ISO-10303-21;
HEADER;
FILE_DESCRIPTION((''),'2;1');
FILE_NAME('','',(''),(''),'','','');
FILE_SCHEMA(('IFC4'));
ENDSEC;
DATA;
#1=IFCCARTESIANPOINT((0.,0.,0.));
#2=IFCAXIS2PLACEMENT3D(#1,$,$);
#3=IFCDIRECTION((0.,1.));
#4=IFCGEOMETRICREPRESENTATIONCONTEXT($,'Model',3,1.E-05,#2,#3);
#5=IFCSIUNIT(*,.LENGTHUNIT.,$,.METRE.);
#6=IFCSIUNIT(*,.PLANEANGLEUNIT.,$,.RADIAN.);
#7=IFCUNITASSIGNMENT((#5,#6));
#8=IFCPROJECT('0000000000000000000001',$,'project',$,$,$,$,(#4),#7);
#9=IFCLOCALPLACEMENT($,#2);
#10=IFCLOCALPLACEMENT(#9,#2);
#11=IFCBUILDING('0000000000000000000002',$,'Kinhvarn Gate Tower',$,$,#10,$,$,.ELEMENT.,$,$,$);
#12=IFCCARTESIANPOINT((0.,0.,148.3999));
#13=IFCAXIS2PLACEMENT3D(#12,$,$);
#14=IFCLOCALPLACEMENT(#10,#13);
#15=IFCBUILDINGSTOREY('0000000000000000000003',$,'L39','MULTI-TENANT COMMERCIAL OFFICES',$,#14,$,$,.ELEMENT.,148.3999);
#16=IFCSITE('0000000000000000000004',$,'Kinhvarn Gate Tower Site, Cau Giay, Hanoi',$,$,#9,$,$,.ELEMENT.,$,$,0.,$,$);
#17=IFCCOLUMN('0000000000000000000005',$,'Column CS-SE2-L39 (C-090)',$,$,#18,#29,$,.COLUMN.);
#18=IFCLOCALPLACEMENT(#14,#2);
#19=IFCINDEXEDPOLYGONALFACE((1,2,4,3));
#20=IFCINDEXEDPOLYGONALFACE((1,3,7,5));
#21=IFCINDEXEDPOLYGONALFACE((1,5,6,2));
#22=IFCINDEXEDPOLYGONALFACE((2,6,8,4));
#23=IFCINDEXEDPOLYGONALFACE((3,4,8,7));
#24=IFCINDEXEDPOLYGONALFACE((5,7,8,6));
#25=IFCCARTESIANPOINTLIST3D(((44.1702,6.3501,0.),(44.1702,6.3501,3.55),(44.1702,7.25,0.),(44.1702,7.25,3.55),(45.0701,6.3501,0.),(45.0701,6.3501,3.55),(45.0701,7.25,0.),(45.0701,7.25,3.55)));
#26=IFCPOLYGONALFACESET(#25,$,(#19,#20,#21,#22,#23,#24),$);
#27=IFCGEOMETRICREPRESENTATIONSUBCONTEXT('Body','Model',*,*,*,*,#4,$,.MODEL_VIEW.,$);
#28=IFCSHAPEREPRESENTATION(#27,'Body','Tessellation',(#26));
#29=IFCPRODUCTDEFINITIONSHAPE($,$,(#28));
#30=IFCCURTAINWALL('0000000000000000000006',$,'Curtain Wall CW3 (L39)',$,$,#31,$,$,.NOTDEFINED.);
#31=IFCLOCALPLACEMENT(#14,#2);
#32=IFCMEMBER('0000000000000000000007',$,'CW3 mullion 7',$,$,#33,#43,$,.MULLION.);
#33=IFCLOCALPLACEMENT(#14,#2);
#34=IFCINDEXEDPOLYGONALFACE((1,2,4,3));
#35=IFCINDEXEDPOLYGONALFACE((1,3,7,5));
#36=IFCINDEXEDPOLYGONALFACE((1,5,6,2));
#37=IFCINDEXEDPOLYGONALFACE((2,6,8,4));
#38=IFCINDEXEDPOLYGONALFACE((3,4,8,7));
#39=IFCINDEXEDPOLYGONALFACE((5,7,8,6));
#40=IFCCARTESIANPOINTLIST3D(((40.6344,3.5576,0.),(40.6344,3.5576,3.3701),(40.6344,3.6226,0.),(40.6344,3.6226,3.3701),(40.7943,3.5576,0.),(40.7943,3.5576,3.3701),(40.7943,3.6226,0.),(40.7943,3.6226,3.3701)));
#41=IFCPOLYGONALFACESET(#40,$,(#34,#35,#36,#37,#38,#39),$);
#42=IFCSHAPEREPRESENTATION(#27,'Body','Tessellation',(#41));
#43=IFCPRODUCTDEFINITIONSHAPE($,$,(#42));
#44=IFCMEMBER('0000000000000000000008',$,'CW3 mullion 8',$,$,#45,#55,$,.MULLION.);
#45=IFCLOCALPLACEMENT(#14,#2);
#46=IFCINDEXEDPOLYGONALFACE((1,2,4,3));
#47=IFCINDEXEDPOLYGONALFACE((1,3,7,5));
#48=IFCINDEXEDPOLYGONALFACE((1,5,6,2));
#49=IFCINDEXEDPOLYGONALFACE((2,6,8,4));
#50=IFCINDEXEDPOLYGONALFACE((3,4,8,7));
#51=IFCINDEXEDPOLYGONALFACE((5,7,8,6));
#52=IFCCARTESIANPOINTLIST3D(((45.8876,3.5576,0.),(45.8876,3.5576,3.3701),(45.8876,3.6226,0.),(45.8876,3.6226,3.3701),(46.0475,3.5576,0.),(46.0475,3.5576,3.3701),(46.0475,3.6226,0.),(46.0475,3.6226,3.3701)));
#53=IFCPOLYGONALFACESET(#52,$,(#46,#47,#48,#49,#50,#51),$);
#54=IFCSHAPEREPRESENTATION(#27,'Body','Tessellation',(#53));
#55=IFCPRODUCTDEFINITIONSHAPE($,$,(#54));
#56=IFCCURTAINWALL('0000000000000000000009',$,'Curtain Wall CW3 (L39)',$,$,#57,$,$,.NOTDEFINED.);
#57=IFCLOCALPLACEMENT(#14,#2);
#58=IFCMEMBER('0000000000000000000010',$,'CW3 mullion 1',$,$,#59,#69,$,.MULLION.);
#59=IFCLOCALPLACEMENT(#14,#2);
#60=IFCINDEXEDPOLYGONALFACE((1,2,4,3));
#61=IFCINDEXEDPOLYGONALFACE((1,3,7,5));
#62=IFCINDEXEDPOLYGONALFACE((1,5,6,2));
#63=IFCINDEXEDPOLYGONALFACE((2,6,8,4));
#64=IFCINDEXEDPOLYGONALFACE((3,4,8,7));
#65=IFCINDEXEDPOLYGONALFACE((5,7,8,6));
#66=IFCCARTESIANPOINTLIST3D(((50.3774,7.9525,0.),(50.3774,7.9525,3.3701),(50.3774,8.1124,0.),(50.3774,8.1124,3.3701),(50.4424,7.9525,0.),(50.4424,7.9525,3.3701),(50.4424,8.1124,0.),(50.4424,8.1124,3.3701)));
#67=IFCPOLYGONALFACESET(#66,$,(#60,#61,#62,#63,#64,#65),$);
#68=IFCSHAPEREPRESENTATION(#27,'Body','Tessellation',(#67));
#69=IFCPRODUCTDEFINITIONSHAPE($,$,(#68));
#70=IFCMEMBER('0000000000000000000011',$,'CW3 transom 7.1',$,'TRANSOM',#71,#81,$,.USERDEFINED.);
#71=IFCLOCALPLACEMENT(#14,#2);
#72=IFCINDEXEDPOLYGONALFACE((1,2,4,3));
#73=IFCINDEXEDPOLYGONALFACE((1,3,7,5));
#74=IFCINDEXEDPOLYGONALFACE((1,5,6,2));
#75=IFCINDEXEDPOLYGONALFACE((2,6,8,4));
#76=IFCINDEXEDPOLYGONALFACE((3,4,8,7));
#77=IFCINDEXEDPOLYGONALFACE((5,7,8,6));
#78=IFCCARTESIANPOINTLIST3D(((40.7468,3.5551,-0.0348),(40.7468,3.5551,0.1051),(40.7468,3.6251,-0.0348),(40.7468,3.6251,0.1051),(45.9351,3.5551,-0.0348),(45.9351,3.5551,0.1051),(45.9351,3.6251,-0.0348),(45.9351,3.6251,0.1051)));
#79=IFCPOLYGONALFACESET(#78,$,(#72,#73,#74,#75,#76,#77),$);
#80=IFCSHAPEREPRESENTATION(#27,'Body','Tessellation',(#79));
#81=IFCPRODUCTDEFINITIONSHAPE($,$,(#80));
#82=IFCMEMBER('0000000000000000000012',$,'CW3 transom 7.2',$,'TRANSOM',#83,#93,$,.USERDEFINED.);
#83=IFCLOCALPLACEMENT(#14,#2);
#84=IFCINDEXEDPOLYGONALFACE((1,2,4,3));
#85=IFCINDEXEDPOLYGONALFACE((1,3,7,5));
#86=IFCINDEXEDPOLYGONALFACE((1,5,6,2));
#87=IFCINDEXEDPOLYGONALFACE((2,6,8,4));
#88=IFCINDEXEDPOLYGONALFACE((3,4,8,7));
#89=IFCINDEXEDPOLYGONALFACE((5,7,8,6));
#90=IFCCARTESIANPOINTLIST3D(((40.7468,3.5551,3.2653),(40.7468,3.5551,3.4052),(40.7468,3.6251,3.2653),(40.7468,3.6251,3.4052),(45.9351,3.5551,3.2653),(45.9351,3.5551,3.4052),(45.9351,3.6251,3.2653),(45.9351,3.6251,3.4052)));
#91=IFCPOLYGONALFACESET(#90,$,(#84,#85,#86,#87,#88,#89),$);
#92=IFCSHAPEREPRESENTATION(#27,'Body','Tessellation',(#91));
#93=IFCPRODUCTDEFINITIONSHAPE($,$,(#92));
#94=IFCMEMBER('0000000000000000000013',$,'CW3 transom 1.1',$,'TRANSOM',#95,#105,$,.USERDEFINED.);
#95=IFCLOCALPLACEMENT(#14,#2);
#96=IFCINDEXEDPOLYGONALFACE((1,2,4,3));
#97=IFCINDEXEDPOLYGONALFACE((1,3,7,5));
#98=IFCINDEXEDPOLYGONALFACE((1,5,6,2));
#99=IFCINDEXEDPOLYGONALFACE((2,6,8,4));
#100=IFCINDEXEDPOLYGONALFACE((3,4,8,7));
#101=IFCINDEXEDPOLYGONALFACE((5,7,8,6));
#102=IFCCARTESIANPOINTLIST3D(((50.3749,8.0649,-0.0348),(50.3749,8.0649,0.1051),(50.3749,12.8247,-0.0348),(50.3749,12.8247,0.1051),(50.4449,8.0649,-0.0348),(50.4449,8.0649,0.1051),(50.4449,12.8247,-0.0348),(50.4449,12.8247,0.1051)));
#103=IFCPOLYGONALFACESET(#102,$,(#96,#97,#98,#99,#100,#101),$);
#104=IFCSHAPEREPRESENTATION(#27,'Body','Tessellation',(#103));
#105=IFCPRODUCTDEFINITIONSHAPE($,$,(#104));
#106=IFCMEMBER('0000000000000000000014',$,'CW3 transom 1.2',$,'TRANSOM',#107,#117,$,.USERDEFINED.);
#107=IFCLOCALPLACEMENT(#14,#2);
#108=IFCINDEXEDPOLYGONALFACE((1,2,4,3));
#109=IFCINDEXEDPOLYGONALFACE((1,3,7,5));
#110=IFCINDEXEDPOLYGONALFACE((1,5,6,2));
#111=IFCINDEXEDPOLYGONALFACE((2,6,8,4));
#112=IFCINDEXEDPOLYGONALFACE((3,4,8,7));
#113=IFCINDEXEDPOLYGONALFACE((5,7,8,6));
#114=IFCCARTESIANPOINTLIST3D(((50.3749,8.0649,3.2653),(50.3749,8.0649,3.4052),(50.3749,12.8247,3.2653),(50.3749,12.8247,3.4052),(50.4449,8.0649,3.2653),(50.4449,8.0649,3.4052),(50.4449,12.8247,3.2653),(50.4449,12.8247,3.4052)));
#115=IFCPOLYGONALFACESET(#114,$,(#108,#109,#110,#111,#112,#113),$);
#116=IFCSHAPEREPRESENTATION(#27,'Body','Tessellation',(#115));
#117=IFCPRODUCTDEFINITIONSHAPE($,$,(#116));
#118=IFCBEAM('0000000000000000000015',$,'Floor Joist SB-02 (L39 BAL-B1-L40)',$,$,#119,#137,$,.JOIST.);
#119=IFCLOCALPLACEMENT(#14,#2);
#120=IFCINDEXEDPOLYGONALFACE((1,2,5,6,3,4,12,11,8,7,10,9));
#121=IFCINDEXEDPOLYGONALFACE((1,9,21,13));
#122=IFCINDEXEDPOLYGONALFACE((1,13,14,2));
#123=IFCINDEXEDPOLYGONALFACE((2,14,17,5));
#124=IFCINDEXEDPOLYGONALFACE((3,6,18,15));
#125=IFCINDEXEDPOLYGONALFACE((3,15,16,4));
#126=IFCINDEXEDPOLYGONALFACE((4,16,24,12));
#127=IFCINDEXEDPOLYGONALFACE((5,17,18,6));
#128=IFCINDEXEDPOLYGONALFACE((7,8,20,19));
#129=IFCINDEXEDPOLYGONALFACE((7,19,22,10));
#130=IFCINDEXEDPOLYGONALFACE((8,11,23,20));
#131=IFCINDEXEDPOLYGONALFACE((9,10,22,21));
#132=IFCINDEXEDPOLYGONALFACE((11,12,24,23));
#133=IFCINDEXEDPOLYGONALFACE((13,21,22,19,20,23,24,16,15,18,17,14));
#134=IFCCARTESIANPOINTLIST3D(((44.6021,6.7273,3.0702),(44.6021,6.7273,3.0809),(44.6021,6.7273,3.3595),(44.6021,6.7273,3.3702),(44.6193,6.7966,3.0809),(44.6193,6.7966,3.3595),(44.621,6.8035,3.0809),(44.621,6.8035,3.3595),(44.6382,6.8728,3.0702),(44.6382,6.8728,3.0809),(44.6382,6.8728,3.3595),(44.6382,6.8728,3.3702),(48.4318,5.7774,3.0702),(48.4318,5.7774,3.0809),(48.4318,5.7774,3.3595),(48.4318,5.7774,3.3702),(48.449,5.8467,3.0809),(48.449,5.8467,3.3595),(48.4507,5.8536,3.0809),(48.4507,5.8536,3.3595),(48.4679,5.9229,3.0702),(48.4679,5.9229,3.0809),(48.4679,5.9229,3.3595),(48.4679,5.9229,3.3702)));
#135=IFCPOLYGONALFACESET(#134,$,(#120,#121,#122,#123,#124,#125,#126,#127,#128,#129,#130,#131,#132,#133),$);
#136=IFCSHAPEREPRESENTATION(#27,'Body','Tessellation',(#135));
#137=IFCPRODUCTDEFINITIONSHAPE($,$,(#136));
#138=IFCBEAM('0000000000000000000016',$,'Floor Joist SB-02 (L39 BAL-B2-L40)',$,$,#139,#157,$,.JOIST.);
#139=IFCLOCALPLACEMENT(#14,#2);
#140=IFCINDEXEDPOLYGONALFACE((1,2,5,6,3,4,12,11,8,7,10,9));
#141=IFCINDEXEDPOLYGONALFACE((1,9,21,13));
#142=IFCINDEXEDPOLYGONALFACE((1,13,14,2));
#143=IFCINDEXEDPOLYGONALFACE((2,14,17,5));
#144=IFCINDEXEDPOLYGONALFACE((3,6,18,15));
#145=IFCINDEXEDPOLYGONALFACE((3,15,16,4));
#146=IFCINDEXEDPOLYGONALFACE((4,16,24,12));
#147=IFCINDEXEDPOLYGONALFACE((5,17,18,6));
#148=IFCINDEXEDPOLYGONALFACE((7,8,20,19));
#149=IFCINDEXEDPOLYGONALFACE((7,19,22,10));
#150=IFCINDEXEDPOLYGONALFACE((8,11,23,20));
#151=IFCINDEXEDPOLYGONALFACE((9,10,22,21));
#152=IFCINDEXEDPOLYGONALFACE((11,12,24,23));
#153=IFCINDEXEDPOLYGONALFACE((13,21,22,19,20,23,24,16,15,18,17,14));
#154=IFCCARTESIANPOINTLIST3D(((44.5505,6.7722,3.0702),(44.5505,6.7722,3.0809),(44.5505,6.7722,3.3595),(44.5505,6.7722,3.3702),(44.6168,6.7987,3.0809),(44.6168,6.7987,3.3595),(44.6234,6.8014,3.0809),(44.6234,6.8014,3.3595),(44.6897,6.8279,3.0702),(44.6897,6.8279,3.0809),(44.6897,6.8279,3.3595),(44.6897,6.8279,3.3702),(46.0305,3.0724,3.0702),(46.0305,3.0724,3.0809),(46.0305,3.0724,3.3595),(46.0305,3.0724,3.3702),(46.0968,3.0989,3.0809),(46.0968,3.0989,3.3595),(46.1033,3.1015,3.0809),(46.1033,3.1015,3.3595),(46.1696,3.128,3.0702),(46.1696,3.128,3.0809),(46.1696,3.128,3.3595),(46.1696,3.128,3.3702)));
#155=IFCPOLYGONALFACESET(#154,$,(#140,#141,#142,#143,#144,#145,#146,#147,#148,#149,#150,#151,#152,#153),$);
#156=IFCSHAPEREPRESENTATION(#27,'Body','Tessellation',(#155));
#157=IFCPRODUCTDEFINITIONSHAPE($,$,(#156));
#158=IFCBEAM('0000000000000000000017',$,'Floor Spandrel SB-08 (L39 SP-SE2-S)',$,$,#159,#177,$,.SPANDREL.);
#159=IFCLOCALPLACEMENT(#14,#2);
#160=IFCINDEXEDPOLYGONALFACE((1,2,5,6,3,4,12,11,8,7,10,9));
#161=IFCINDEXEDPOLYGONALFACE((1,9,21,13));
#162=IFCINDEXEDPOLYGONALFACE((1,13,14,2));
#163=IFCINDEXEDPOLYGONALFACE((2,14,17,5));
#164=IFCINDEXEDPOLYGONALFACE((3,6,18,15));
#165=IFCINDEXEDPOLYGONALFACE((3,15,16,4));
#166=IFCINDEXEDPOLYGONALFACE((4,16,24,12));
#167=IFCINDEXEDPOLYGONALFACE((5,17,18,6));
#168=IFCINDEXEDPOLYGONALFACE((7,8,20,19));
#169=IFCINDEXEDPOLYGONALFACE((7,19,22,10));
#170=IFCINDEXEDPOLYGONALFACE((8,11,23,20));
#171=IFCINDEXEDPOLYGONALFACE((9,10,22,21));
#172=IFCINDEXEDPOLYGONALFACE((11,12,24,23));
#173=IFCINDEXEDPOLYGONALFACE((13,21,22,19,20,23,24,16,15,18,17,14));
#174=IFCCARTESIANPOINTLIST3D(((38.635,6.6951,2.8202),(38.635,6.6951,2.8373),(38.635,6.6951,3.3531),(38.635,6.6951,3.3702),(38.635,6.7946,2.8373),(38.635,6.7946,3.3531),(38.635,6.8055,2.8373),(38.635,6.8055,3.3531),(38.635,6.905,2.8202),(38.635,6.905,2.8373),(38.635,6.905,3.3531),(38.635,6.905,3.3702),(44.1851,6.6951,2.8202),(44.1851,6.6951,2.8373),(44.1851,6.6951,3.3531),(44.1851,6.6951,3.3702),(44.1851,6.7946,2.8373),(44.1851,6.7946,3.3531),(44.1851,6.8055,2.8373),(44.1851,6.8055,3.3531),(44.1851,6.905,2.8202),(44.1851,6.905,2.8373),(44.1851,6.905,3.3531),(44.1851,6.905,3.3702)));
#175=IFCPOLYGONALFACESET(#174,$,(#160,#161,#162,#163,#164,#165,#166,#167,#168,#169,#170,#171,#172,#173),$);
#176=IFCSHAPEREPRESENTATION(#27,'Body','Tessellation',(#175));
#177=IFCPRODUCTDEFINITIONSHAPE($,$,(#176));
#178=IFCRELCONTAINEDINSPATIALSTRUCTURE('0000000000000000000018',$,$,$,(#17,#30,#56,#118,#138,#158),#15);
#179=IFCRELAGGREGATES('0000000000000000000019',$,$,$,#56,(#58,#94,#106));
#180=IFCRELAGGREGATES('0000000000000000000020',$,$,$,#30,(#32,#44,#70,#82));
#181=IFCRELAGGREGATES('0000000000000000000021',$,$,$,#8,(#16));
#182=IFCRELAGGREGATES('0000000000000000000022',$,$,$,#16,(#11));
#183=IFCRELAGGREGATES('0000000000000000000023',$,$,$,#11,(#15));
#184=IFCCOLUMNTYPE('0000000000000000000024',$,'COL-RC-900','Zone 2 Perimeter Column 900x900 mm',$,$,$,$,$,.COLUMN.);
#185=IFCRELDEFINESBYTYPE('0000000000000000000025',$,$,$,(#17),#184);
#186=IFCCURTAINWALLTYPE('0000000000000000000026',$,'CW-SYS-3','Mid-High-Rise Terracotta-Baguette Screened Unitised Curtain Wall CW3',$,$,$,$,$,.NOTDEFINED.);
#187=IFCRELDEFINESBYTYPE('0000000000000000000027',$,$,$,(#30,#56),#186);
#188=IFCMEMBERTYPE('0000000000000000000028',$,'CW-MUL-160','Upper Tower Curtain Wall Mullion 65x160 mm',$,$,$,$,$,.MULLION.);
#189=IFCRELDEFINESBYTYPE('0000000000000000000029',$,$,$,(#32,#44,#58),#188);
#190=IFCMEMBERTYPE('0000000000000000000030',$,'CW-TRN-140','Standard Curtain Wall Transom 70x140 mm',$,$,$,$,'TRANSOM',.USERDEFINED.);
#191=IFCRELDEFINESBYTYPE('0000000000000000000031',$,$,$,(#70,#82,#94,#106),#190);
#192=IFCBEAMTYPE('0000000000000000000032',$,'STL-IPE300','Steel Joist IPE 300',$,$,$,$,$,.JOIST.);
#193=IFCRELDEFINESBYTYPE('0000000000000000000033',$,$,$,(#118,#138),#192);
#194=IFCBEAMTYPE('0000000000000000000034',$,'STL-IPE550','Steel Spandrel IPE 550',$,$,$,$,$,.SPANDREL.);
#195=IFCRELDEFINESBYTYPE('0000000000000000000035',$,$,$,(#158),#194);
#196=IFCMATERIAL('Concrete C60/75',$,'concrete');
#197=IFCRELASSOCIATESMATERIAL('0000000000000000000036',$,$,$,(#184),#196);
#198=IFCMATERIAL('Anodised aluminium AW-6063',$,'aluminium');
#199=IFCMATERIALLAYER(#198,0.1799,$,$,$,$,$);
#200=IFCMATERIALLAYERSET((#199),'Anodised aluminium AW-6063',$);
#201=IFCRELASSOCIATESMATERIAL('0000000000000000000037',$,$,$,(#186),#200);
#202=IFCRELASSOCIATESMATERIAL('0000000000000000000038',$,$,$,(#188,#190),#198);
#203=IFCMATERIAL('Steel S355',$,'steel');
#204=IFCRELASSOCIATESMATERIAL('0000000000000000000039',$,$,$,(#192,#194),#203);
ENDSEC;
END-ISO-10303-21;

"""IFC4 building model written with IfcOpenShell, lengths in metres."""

from ifc_helpers import new_model, si_unit, direction, frame, origin, origin_2d, place, context, subcontext, project, spatial, rectangle, i_section, extrude, material, layer, layer_set, material_profile, profile_set, type_object, element, aggregate, save


model = new_model("IFC4")

# Units and contexts
model_context = context("Model", 3, precision=1e-05, world=origin(), true_north=direction((0.0, 1.0)))
body_context = subcontext(model_context, "Body", "Model", "MODEL_VIEW")
ifc_project = project(units=[si_unit("LENGTHUNIT", "METRE"), si_unit("PLANEANGLEUNIT", "RADIAN")], contexts=[model_context])

# Site, building, storey
site_placement = place(None, origin())
site = spatial("IfcSite", under=ifc_project, at=site_placement, Name="Kinhvarn Gate Tower Site, Cau Giay, Hanoi", CompositionType="ELEMENT", RefElevation=0.0)
building_placement = place(site_placement, origin())
building = spatial("IfcBuilding", under=site, at=building_placement, Name="Kinhvarn Gate Tower", CompositionType="ELEMENT")
storey_placement = place(building_placement, frame((0.0, 0.0, 148.3999)))
storey = spatial("IfcBuildingStorey", under=building, at=storey_placement, Name="L39", Description="MULTI-TENANT COMMERCIAL OFFICES", CompositionType="ELEMENT", Elevation=148.3999)

# Column
ifc_material_1 = material(Name="Concrete C60/75", Category="concrete")
ifc_material_profile_1 = material_profile(ifc_material_1, rectangle(XDim=0.8999, YDim=0.8999, at=origin_2d()), Name="RC 900x900")
ifc_profile_set_1 = profile_set([ifc_material_profile_1], Name="Concrete C60/75")
column_type = type_object("IfcColumnType", Name="COL-RC-900", Description="Zone 2 Perimeter Column 900x900 mm", PredefinedType="COLUMN", material=ifc_profile_set_1)
column_placement = place(storey_placement, frame((44.6201, 6.8, 0.0), z_axis=(0.0, 0.0, 1.0), x_axis=(1.0, 0.0, 0.0)))
element("IfcColumn", 1, at=column_placement, inside=storey, type_object=column_type, Name="Column CS-SE2-L39 (C-090)", PredefinedType="COLUMN", context=body_context, shape_type="SweptSolid", body=[
    extrude(rectangle(XDim=0.8999, YDim=0.8999, at=origin_2d()), origin(), (0.0, 0.0, 1.0), 3.55),
])

# Curtain wall, members
ifc_material_2 = material(Name="Anodised aluminium AW-6063", Category="aluminium")
ifc_layer_1 = layer(ifc_material_2, 0.1799)
ifc_layer_set_1 = layer_set([ifc_layer_1], Name="Anodised aluminium AW-6063")
curtain_wall_type = type_object("IfcCurtainWallType", Name="CW-SYS-3", Description="Mid-High-Rise Terracotta-Baguette Screened Unitised Curtain Wall CW3", PredefinedType="NOTDEFINED", material=ifc_layer_set_1)
curtain_wall_1_placement = place(storey_placement, origin())
curtain_wall_1 = element("IfcCurtainWall", 2, at=curtain_wall_1_placement, inside=storey, type_object=curtain_wall_type, Name="Curtain Wall CW3 (L39)", PredefinedType="NOTDEFINED")
ifc_material_profile_2 = material_profile(ifc_material_2, rectangle(XDim=0.0649, YDim=0.1599, at=origin_2d()), Name="ALU 65x160")
ifc_profile_set_2 = profile_set([ifc_material_profile_2], Name="Anodised aluminium AW-6063")
member_type_1 = type_object("IfcMemberType", Name="CW-MUL-160", Description="Upper Tower Curtain Wall Mullion 65x160 mm", PredefinedType="MULLION", material=ifc_profile_set_2)
member_1_placement = place(storey_placement, frame((40.7144, 3.5901, 0.0), z_axis=(0.0, 0.0, 1.0), x_axis=(0.0, 1.0, 0.0)))
member_1 = element("IfcMember", 3, at=member_1_placement, type_object=member_type_1, Name="CW3 mullion 7", PredefinedType="MULLION", context=body_context, shape_type="SweptSolid", body=[
    extrude(rectangle(XDim=0.0649, YDim=0.1599, at=origin_2d()), origin(), (0.0, 0.0, 1.0), 3.3701),
])
member_2_placement = place(storey_placement, frame((45.9675, 3.5901, 0.0), z_axis=(0.0, 0.0, 1.0), x_axis=(0.0, 1.0, 0.0)))
member_2 = element("IfcMember", 4, at=member_2_placement, type_object=member_type_1, Name="CW3 mullion 8", PredefinedType="MULLION", context=body_context, shape_type="SweptSolid", body=[
    extrude(rectangle(XDim=0.0649, YDim=0.1599, at=origin_2d()), origin(), (0.0, 0.0, 1.0), 3.3701),
])

# Curtain wall, member
curtain_wall_2_placement = place(storey_placement, origin())
curtain_wall_2 = element("IfcCurtainWall", 5, at=curtain_wall_2_placement, inside=storey, type_object=curtain_wall_type, Name="Curtain Wall CW3 (L39)", PredefinedType="NOTDEFINED")
member_3_placement = place(storey_placement, frame((50.4099, 8.0325, 0.0), z_axis=(0.0, 0.0, 1.0), x_axis=(-1.0, 0.0, 0.0)))
member_3 = element("IfcMember", 6, at=member_3_placement, type_object=member_type_1, Name="CW3 mullion 1", PredefinedType="MULLION", context=body_context, shape_type="SweptSolid", body=[
    extrude(rectangle(XDim=0.0649, YDim=0.1599, at=origin_2d()), origin(), (0.0, 0.0, 1.0), 3.3701),
])

# Members
ifc_material_profile_3 = material_profile(ifc_material_2, rectangle(XDim=0.0701, YDim=0.1399, at=origin_2d()), Name="ALU 70x140")
ifc_profile_set_3 = profile_set([ifc_material_profile_3], Name="Anodised aluminium AW-6063")
member_type_2 = type_object("IfcMemberType", Name="CW-TRN-140", Description="Standard Curtain Wall Transom 70x140 mm", ElementType="TRANSOM", PredefinedType="USERDEFINED", material=ifc_profile_set_3)
member_4_placement = place(storey_placement, frame((40.7468, 3.5901, 0.0352), z_axis=(1.0, 0.0, 0.0), x_axis=(0.0, 1.0, 0.0)))
member_4 = element("IfcMember", 7, at=member_4_placement, type_object=member_type_2, Name="CW3 transom 7.1", ObjectType="TRANSOM", PredefinedType="USERDEFINED", context=body_context, shape_type="SweptSolid", body=[
    extrude(rectangle(XDim=0.0701, YDim=0.1399, at=origin_2d()), origin(), (0.0, 0.0, 1.0), 5.1882),
])
member_5_placement = place(storey_placement, frame((40.7468, 3.5901, 3.3352), z_axis=(1.0, 0.0, 0.0), x_axis=(0.0, 1.0, 0.0)))
member_5 = element("IfcMember", 8, at=member_5_placement, type_object=member_type_2, Name="CW3 transom 7.2", ObjectType="TRANSOM", PredefinedType="USERDEFINED", context=body_context, shape_type="SweptSolid", body=[
    extrude(rectangle(XDim=0.0701, YDim=0.1399, at=origin_2d()), origin(), (0.0, 0.0, 1.0), 5.1882),
])
member_6_placement = place(storey_placement, frame((50.4099, 8.0649, 0.0352), z_axis=(0.0, 1.0, 0.0), x_axis=(-1.0, 0.0, 0.0)))
member_6 = element("IfcMember", 9, at=member_6_placement, type_object=member_type_2, Name="CW3 transom 1.1", ObjectType="TRANSOM", PredefinedType="USERDEFINED", context=body_context, shape_type="SweptSolid", body=[
    extrude(rectangle(XDim=0.0701, YDim=0.1399, at=origin_2d()), origin(), (0.0, 0.0, 1.0), 4.7598),
])
member_7_placement = place(storey_placement, frame((50.4099, 8.0649, 3.3352), z_axis=(0.0, 1.0, 0.0), x_axis=(-1.0, 0.0, 0.0)))
member_7 = element("IfcMember", 10, at=member_7_placement, type_object=member_type_2, Name="CW3 transom 1.2", ObjectType="TRANSOM", PredefinedType="USERDEFINED", context=body_context, shape_type="SweptSolid", body=[
    extrude(rectangle(XDim=0.0701, YDim=0.1399, at=origin_2d()), origin(), (0.0, 0.0, 1.0), 4.7598),
])
aggregate(curtain_wall_2, [member_3, member_6, member_7])

# Beams
ifc_material_3 = material(Name="Steel S355", Category="steel")
ifc_material_profile_4 = material_profile(ifc_material_3, i_section(OverallWidth=0.1499, OverallDepth=0.3, WebThickness=0.0071, FlangeThickness=0.0107, at=origin_2d()), Name="IPE 300")
ifc_profile_set_4 = profile_set([ifc_material_profile_4], Name="Steel S355")
beam_type_1 = type_object("IfcBeamType", Name="STL-IPE300", Description="Steel Joist IPE 300", PredefinedType="JOIST", material=ifc_profile_set_4)
beam_1_placement = place(storey_placement, frame((44.6201, 6.8, 3.2202), z_axis=(0.970589, -0.240745, 0.0), x_axis=(0.240745, 0.970589, 0.0)))
element("IfcBeam", 11, at=beam_1_placement, inside=storey, type_object=beam_type_1, Name="Floor Joist SB-02 (L39 BAL-B1-L40)", PredefinedType="JOIST", context=body_context, shape_type="SweptSolid", body=[
    extrude(i_section(OverallWidth=0.1499, OverallDepth=0.3, WebThickness=0.0071, FlangeThickness=0.0107, at=origin_2d()), origin(), (0.0, 0.0, 1.0), 3.9458),
])
beam_2_placement = place(storey_placement, frame((44.6201, 6.8, 3.2202), z_axis=(0.371391, -0.928477, 0.0), x_axis=(0.928477, 0.371391, 0.0)))
element("IfcBeam", 12, at=beam_2_placement, inside=storey, type_object=beam_type_1, Name="Floor Joist SB-02 (L39 BAL-B2-L40)", PredefinedType="JOIST", context=body_context, shape_type="SweptSolid", body=[
    extrude(i_section(OverallWidth=0.1499, OverallDepth=0.3, WebThickness=0.0071, FlangeThickness=0.0107, at=origin_2d()), origin(), (0.0, 0.0, 1.0), 3.9849),
])
ifc_material_profile_5 = material_profile(ifc_material_3, i_section(OverallWidth=0.21, OverallDepth=0.55, WebThickness=0.011, FlangeThickness=0.0171, at=origin_2d()), Name="IPE 550")
ifc_profile_set_5 = profile_set([ifc_material_profile_5], Name="Steel S355")
beam_type_2 = type_object("IfcBeamType", Name="STL-IPE550", Description="Steel Spandrel IPE 550", PredefinedType="SPANDREL", material=ifc_profile_set_5)
beam_3_placement = place(storey_placement, frame((38.635, 6.8, 3.0952), z_axis=(1.0, 0.0, 0.0), x_axis=(0.0, 1.0, 0.0)))
element("IfcBeam", 13, at=beam_3_placement, inside=storey, type_object=beam_type_2, Name="Floor Spandrel SB-08 (L39 SP-SE2-S)", PredefinedType="SPANDREL", context=body_context, shape_type="SweptSolid", body=[
    extrude(i_section(OverallWidth=0.21, OverallDepth=0.55, WebThickness=0.011, FlangeThickness=0.0171, at=origin_2d()), origin(), (0.0, 0.0, 1.0), 5.55),
])

aggregate(curtain_wall_1, [member_1, member_2, member_4, member_5])

save(model, "model.ifc")
